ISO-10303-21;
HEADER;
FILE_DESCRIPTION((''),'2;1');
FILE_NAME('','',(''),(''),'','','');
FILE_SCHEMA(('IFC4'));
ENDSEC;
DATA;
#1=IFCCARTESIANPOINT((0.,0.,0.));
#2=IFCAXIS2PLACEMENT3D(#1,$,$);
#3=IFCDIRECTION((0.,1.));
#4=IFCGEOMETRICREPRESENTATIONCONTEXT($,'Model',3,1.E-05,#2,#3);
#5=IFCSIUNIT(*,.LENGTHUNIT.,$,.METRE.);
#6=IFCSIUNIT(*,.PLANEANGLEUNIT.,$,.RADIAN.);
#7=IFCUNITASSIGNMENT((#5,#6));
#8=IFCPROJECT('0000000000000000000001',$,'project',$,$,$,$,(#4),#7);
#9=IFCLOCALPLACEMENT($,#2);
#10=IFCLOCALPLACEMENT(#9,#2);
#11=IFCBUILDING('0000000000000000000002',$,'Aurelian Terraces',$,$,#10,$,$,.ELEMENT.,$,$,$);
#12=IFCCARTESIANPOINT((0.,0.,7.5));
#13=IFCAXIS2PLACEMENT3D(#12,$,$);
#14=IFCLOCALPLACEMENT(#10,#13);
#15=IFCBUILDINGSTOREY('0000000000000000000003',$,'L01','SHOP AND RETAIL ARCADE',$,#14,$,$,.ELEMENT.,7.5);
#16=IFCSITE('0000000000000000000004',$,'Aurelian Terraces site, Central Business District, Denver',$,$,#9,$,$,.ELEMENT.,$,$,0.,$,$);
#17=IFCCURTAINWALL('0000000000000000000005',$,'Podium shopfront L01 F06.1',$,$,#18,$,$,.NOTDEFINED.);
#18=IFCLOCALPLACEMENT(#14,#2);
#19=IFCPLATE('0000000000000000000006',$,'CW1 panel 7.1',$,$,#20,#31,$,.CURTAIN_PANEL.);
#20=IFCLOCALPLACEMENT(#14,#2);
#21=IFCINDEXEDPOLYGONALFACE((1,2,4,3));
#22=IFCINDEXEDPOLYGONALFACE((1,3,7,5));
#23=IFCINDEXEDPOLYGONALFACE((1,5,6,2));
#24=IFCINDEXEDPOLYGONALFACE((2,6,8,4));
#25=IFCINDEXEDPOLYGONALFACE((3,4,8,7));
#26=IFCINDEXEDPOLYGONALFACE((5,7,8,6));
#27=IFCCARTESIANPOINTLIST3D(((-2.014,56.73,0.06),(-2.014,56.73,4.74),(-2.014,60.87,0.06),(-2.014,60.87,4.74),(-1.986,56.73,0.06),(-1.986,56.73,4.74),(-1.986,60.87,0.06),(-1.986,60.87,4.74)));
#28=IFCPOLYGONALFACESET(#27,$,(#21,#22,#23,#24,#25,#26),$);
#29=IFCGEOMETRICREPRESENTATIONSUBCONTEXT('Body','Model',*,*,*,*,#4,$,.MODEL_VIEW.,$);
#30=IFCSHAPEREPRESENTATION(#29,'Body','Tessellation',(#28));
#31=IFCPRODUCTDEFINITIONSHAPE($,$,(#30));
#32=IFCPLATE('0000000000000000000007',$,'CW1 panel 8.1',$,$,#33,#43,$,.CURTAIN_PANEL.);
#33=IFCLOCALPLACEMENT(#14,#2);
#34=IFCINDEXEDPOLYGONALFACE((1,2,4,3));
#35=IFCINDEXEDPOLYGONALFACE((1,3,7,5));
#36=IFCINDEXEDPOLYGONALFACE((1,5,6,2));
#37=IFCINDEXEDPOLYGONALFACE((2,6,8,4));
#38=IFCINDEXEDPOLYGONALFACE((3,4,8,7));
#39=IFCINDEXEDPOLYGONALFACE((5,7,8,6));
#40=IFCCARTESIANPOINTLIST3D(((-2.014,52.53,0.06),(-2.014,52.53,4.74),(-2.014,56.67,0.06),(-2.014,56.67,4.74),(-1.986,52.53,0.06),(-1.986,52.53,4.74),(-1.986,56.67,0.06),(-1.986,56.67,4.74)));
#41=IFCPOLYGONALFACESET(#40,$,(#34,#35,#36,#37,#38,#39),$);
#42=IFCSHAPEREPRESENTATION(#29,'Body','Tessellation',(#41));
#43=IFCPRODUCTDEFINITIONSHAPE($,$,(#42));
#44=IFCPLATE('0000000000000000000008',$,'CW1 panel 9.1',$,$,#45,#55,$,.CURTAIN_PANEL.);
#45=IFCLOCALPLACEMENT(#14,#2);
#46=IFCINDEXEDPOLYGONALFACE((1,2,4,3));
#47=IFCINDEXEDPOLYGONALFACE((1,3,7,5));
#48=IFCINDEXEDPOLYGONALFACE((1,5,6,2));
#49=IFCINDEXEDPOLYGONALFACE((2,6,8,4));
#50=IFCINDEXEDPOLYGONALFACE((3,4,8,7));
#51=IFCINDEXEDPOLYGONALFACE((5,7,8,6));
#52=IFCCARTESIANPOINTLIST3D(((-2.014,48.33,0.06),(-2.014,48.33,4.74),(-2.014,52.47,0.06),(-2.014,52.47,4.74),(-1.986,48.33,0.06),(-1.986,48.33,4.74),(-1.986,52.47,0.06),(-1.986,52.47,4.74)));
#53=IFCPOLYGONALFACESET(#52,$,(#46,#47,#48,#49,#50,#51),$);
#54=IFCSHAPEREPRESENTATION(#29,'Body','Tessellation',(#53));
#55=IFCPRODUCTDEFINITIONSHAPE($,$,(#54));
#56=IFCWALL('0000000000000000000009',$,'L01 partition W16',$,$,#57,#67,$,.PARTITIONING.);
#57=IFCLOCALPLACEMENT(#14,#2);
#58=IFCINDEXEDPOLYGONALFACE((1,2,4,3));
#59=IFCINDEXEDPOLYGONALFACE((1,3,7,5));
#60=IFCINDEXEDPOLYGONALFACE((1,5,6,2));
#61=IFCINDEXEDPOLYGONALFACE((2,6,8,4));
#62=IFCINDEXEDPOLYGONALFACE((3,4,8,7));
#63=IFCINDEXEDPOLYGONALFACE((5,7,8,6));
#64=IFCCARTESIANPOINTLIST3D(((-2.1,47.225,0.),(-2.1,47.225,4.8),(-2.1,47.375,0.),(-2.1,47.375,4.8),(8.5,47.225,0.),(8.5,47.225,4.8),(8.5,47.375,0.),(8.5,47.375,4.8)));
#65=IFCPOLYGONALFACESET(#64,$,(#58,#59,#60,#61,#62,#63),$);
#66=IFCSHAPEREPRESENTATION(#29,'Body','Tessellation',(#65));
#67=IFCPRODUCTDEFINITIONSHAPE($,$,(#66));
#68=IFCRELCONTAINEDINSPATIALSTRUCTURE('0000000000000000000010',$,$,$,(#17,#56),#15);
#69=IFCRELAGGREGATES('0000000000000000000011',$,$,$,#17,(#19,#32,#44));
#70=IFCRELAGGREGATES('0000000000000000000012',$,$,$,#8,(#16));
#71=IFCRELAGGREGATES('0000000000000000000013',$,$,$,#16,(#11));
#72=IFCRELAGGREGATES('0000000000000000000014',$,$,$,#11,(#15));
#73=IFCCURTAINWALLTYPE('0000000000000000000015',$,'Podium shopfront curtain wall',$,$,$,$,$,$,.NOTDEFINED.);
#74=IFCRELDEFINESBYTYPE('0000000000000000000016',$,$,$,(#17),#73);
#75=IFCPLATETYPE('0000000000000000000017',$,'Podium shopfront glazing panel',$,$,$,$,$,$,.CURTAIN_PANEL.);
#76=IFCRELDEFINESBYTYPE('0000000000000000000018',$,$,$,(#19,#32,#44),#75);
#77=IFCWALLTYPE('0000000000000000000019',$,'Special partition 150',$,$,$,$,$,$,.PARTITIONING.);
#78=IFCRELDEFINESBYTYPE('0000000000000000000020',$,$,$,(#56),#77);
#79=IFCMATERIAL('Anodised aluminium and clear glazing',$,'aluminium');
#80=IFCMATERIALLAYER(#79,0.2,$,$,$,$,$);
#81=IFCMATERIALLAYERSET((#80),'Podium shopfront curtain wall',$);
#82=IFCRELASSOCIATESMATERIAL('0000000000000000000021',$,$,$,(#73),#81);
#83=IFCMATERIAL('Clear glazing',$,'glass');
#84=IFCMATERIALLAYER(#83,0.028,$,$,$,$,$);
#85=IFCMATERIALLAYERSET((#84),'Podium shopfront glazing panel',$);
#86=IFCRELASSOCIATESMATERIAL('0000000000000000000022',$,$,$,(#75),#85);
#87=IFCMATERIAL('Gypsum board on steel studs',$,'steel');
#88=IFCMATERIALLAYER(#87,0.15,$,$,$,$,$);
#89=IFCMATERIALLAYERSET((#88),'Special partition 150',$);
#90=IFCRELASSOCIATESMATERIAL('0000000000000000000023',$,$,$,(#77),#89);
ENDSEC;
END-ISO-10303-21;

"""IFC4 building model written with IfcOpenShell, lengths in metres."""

from ifc_helpers import new_model, si_unit, direction, frame, frame_2d, origin, origin_2d, place, context, subcontext, project, spatial, rectangle, extrude, source, transform, mapped, material, layer, layer_set, type_object, element, aggregate, save


model = new_model("IFC4")

# Units and contexts
model_context = context("Model", 3, precision=1e-05, world=origin(), true_north=direction((0.0, 1.0)))
body_context = subcontext(model_context, "Body", "Model", "MODEL_VIEW")
ifc_project = project(units=[si_unit("LENGTHUNIT", "METRE"), si_unit("PLANEANGLEUNIT", "RADIAN")], contexts=[model_context])

# Site, building, storey
site_placement = place(None, origin())
site = spatial("IfcSite", under=ifc_project, at=site_placement, Name="Aurelian Terraces site, Central Business District, Denver", CompositionType="ELEMENT", RefElevation=0.0)
building_placement = place(site_placement, origin())
building = spatial("IfcBuilding", under=site, at=building_placement, Name="Aurelian Terraces", CompositionType="ELEMENT")
storey_placement = place(building_placement, frame((0.0, 0.0, 7.5)))
storey = spatial("IfcBuildingStorey", under=building, at=storey_placement, Name="L01", Description="SHOP AND RETAIL ARCADE", CompositionType="ELEMENT", Elevation=7.5)

# Curtain wall, plates
ifc_material_1 = material(Name="Anodised aluminium and clear glazing", Category="aluminium")
ifc_layer_1 = layer(ifc_material_1, 0.2)
ifc_layer_set_1 = layer_set([ifc_layer_1], Name="Podium shopfront curtain wall")
curtain_wall_type = type_object("IfcCurtainWallType", Name="Podium shopfront curtain wall", PredefinedType="NOTDEFINED", material=ifc_layer_set_1)
curtain_wall_placement = place(storey_placement, origin())
curtain_wall = element("IfcCurtainWall", 1, at=curtain_wall_placement, inside=storey, type_object=curtain_wall_type, Name="Podium shopfront L01 F06.1", PredefinedType="NOTDEFINED")
ifc_material_2 = material(Name="Clear glazing", Category="glass")
ifc_layer_2 = layer(ifc_material_2, 0.028)
ifc_layer_set_2 = layer_set([ifc_layer_2], Name="Podium shopfront glazing panel")
plate_type = type_object("IfcPlateType", Name="Podium shopfront glazing panel", PredefinedType="CURTAIN_PANEL", material=ifc_layer_set_2)
shared_shape_1 = source(origin(), body_context, "Body", "SweptSolid", [
    extrude(rectangle(XDim=4.14, YDim=0.028, at=origin_2d()), origin(), (0.0, 0.0, 1.0), 4.68),
])
plate_1_placement = place(storey_placement, frame((-2.0, 58.8, 0.06), z_axis=(0.0, 0.0, 1.0), x_axis=(0.0, -1.0, 0.0)))
plate_1 = element("IfcPlate", 2, at=plate_1_placement, type_object=plate_type, Name="CW1 panel 7.1", PredefinedType="CURTAIN_PANEL", context=body_context, shape_type="MappedRepresentation", body=[
    mapped(shared_shape_1, transform((0.0, 0.0, 0.0), scale=1.0)),
])
plate_2_placement = place(storey_placement, frame((-2.0, 54.6, 0.06), z_axis=(0.0, 0.0, 1.0), x_axis=(0.0, -1.0, 0.0)))
plate_2 = element("IfcPlate", 3, at=plate_2_placement, type_object=plate_type, Name="CW1 panel 8.1", PredefinedType="CURTAIN_PANEL", context=body_context, shape_type="MappedRepresentation", body=[
    mapped(shared_shape_1, transform((0.0, 0.0, 0.0), scale=1.0)),
])
plate_3_placement = place(storey_placement, frame((-2.0, 50.4, 0.06), z_axis=(0.0, 0.0, 1.0), x_axis=(0.0, -1.0, 0.0)))
plate_3 = element("IfcPlate", 4, at=plate_3_placement, type_object=plate_type, Name="CW1 panel 9.1", PredefinedType="CURTAIN_PANEL", context=body_context, shape_type="MappedRepresentation", body=[
    mapped(shared_shape_1, transform((0.0, 0.0, 0.0), scale=1.0)),
])
aggregate(curtain_wall, [plate_1, plate_2, plate_3])

# Wall
ifc_material_3 = material(Name="Gypsum board on steel studs", Category="steel")
ifc_layer_3 = layer(ifc_material_3, 0.15)
ifc_layer_set_3 = layer_set([ifc_layer_3], Name="Special partition 150")
wall_type = type_object("IfcWallType", Name="Special partition 150", PredefinedType="PARTITIONING", material=ifc_layer_set_3)
wall_placement = place(storey_placement, frame((-2.1, 47.3, 0.0), z_axis=(0.0, 0.0, 1.0), x_axis=(1.0, 0.0, 0.0)))
element("IfcWall", 5, at=wall_placement, inside=storey, type_object=wall_type, Name="L01 partition W16", PredefinedType="PARTITIONING", context=body_context, shape_type="SweptSolid", body=[
    extrude(rectangle(XDim=10.6, YDim=0.15, at=frame_2d((5.3, 0.0))), origin(), (0.0, 0.0, 1.0), 4.8),
])

save(model, "model.ifc")
